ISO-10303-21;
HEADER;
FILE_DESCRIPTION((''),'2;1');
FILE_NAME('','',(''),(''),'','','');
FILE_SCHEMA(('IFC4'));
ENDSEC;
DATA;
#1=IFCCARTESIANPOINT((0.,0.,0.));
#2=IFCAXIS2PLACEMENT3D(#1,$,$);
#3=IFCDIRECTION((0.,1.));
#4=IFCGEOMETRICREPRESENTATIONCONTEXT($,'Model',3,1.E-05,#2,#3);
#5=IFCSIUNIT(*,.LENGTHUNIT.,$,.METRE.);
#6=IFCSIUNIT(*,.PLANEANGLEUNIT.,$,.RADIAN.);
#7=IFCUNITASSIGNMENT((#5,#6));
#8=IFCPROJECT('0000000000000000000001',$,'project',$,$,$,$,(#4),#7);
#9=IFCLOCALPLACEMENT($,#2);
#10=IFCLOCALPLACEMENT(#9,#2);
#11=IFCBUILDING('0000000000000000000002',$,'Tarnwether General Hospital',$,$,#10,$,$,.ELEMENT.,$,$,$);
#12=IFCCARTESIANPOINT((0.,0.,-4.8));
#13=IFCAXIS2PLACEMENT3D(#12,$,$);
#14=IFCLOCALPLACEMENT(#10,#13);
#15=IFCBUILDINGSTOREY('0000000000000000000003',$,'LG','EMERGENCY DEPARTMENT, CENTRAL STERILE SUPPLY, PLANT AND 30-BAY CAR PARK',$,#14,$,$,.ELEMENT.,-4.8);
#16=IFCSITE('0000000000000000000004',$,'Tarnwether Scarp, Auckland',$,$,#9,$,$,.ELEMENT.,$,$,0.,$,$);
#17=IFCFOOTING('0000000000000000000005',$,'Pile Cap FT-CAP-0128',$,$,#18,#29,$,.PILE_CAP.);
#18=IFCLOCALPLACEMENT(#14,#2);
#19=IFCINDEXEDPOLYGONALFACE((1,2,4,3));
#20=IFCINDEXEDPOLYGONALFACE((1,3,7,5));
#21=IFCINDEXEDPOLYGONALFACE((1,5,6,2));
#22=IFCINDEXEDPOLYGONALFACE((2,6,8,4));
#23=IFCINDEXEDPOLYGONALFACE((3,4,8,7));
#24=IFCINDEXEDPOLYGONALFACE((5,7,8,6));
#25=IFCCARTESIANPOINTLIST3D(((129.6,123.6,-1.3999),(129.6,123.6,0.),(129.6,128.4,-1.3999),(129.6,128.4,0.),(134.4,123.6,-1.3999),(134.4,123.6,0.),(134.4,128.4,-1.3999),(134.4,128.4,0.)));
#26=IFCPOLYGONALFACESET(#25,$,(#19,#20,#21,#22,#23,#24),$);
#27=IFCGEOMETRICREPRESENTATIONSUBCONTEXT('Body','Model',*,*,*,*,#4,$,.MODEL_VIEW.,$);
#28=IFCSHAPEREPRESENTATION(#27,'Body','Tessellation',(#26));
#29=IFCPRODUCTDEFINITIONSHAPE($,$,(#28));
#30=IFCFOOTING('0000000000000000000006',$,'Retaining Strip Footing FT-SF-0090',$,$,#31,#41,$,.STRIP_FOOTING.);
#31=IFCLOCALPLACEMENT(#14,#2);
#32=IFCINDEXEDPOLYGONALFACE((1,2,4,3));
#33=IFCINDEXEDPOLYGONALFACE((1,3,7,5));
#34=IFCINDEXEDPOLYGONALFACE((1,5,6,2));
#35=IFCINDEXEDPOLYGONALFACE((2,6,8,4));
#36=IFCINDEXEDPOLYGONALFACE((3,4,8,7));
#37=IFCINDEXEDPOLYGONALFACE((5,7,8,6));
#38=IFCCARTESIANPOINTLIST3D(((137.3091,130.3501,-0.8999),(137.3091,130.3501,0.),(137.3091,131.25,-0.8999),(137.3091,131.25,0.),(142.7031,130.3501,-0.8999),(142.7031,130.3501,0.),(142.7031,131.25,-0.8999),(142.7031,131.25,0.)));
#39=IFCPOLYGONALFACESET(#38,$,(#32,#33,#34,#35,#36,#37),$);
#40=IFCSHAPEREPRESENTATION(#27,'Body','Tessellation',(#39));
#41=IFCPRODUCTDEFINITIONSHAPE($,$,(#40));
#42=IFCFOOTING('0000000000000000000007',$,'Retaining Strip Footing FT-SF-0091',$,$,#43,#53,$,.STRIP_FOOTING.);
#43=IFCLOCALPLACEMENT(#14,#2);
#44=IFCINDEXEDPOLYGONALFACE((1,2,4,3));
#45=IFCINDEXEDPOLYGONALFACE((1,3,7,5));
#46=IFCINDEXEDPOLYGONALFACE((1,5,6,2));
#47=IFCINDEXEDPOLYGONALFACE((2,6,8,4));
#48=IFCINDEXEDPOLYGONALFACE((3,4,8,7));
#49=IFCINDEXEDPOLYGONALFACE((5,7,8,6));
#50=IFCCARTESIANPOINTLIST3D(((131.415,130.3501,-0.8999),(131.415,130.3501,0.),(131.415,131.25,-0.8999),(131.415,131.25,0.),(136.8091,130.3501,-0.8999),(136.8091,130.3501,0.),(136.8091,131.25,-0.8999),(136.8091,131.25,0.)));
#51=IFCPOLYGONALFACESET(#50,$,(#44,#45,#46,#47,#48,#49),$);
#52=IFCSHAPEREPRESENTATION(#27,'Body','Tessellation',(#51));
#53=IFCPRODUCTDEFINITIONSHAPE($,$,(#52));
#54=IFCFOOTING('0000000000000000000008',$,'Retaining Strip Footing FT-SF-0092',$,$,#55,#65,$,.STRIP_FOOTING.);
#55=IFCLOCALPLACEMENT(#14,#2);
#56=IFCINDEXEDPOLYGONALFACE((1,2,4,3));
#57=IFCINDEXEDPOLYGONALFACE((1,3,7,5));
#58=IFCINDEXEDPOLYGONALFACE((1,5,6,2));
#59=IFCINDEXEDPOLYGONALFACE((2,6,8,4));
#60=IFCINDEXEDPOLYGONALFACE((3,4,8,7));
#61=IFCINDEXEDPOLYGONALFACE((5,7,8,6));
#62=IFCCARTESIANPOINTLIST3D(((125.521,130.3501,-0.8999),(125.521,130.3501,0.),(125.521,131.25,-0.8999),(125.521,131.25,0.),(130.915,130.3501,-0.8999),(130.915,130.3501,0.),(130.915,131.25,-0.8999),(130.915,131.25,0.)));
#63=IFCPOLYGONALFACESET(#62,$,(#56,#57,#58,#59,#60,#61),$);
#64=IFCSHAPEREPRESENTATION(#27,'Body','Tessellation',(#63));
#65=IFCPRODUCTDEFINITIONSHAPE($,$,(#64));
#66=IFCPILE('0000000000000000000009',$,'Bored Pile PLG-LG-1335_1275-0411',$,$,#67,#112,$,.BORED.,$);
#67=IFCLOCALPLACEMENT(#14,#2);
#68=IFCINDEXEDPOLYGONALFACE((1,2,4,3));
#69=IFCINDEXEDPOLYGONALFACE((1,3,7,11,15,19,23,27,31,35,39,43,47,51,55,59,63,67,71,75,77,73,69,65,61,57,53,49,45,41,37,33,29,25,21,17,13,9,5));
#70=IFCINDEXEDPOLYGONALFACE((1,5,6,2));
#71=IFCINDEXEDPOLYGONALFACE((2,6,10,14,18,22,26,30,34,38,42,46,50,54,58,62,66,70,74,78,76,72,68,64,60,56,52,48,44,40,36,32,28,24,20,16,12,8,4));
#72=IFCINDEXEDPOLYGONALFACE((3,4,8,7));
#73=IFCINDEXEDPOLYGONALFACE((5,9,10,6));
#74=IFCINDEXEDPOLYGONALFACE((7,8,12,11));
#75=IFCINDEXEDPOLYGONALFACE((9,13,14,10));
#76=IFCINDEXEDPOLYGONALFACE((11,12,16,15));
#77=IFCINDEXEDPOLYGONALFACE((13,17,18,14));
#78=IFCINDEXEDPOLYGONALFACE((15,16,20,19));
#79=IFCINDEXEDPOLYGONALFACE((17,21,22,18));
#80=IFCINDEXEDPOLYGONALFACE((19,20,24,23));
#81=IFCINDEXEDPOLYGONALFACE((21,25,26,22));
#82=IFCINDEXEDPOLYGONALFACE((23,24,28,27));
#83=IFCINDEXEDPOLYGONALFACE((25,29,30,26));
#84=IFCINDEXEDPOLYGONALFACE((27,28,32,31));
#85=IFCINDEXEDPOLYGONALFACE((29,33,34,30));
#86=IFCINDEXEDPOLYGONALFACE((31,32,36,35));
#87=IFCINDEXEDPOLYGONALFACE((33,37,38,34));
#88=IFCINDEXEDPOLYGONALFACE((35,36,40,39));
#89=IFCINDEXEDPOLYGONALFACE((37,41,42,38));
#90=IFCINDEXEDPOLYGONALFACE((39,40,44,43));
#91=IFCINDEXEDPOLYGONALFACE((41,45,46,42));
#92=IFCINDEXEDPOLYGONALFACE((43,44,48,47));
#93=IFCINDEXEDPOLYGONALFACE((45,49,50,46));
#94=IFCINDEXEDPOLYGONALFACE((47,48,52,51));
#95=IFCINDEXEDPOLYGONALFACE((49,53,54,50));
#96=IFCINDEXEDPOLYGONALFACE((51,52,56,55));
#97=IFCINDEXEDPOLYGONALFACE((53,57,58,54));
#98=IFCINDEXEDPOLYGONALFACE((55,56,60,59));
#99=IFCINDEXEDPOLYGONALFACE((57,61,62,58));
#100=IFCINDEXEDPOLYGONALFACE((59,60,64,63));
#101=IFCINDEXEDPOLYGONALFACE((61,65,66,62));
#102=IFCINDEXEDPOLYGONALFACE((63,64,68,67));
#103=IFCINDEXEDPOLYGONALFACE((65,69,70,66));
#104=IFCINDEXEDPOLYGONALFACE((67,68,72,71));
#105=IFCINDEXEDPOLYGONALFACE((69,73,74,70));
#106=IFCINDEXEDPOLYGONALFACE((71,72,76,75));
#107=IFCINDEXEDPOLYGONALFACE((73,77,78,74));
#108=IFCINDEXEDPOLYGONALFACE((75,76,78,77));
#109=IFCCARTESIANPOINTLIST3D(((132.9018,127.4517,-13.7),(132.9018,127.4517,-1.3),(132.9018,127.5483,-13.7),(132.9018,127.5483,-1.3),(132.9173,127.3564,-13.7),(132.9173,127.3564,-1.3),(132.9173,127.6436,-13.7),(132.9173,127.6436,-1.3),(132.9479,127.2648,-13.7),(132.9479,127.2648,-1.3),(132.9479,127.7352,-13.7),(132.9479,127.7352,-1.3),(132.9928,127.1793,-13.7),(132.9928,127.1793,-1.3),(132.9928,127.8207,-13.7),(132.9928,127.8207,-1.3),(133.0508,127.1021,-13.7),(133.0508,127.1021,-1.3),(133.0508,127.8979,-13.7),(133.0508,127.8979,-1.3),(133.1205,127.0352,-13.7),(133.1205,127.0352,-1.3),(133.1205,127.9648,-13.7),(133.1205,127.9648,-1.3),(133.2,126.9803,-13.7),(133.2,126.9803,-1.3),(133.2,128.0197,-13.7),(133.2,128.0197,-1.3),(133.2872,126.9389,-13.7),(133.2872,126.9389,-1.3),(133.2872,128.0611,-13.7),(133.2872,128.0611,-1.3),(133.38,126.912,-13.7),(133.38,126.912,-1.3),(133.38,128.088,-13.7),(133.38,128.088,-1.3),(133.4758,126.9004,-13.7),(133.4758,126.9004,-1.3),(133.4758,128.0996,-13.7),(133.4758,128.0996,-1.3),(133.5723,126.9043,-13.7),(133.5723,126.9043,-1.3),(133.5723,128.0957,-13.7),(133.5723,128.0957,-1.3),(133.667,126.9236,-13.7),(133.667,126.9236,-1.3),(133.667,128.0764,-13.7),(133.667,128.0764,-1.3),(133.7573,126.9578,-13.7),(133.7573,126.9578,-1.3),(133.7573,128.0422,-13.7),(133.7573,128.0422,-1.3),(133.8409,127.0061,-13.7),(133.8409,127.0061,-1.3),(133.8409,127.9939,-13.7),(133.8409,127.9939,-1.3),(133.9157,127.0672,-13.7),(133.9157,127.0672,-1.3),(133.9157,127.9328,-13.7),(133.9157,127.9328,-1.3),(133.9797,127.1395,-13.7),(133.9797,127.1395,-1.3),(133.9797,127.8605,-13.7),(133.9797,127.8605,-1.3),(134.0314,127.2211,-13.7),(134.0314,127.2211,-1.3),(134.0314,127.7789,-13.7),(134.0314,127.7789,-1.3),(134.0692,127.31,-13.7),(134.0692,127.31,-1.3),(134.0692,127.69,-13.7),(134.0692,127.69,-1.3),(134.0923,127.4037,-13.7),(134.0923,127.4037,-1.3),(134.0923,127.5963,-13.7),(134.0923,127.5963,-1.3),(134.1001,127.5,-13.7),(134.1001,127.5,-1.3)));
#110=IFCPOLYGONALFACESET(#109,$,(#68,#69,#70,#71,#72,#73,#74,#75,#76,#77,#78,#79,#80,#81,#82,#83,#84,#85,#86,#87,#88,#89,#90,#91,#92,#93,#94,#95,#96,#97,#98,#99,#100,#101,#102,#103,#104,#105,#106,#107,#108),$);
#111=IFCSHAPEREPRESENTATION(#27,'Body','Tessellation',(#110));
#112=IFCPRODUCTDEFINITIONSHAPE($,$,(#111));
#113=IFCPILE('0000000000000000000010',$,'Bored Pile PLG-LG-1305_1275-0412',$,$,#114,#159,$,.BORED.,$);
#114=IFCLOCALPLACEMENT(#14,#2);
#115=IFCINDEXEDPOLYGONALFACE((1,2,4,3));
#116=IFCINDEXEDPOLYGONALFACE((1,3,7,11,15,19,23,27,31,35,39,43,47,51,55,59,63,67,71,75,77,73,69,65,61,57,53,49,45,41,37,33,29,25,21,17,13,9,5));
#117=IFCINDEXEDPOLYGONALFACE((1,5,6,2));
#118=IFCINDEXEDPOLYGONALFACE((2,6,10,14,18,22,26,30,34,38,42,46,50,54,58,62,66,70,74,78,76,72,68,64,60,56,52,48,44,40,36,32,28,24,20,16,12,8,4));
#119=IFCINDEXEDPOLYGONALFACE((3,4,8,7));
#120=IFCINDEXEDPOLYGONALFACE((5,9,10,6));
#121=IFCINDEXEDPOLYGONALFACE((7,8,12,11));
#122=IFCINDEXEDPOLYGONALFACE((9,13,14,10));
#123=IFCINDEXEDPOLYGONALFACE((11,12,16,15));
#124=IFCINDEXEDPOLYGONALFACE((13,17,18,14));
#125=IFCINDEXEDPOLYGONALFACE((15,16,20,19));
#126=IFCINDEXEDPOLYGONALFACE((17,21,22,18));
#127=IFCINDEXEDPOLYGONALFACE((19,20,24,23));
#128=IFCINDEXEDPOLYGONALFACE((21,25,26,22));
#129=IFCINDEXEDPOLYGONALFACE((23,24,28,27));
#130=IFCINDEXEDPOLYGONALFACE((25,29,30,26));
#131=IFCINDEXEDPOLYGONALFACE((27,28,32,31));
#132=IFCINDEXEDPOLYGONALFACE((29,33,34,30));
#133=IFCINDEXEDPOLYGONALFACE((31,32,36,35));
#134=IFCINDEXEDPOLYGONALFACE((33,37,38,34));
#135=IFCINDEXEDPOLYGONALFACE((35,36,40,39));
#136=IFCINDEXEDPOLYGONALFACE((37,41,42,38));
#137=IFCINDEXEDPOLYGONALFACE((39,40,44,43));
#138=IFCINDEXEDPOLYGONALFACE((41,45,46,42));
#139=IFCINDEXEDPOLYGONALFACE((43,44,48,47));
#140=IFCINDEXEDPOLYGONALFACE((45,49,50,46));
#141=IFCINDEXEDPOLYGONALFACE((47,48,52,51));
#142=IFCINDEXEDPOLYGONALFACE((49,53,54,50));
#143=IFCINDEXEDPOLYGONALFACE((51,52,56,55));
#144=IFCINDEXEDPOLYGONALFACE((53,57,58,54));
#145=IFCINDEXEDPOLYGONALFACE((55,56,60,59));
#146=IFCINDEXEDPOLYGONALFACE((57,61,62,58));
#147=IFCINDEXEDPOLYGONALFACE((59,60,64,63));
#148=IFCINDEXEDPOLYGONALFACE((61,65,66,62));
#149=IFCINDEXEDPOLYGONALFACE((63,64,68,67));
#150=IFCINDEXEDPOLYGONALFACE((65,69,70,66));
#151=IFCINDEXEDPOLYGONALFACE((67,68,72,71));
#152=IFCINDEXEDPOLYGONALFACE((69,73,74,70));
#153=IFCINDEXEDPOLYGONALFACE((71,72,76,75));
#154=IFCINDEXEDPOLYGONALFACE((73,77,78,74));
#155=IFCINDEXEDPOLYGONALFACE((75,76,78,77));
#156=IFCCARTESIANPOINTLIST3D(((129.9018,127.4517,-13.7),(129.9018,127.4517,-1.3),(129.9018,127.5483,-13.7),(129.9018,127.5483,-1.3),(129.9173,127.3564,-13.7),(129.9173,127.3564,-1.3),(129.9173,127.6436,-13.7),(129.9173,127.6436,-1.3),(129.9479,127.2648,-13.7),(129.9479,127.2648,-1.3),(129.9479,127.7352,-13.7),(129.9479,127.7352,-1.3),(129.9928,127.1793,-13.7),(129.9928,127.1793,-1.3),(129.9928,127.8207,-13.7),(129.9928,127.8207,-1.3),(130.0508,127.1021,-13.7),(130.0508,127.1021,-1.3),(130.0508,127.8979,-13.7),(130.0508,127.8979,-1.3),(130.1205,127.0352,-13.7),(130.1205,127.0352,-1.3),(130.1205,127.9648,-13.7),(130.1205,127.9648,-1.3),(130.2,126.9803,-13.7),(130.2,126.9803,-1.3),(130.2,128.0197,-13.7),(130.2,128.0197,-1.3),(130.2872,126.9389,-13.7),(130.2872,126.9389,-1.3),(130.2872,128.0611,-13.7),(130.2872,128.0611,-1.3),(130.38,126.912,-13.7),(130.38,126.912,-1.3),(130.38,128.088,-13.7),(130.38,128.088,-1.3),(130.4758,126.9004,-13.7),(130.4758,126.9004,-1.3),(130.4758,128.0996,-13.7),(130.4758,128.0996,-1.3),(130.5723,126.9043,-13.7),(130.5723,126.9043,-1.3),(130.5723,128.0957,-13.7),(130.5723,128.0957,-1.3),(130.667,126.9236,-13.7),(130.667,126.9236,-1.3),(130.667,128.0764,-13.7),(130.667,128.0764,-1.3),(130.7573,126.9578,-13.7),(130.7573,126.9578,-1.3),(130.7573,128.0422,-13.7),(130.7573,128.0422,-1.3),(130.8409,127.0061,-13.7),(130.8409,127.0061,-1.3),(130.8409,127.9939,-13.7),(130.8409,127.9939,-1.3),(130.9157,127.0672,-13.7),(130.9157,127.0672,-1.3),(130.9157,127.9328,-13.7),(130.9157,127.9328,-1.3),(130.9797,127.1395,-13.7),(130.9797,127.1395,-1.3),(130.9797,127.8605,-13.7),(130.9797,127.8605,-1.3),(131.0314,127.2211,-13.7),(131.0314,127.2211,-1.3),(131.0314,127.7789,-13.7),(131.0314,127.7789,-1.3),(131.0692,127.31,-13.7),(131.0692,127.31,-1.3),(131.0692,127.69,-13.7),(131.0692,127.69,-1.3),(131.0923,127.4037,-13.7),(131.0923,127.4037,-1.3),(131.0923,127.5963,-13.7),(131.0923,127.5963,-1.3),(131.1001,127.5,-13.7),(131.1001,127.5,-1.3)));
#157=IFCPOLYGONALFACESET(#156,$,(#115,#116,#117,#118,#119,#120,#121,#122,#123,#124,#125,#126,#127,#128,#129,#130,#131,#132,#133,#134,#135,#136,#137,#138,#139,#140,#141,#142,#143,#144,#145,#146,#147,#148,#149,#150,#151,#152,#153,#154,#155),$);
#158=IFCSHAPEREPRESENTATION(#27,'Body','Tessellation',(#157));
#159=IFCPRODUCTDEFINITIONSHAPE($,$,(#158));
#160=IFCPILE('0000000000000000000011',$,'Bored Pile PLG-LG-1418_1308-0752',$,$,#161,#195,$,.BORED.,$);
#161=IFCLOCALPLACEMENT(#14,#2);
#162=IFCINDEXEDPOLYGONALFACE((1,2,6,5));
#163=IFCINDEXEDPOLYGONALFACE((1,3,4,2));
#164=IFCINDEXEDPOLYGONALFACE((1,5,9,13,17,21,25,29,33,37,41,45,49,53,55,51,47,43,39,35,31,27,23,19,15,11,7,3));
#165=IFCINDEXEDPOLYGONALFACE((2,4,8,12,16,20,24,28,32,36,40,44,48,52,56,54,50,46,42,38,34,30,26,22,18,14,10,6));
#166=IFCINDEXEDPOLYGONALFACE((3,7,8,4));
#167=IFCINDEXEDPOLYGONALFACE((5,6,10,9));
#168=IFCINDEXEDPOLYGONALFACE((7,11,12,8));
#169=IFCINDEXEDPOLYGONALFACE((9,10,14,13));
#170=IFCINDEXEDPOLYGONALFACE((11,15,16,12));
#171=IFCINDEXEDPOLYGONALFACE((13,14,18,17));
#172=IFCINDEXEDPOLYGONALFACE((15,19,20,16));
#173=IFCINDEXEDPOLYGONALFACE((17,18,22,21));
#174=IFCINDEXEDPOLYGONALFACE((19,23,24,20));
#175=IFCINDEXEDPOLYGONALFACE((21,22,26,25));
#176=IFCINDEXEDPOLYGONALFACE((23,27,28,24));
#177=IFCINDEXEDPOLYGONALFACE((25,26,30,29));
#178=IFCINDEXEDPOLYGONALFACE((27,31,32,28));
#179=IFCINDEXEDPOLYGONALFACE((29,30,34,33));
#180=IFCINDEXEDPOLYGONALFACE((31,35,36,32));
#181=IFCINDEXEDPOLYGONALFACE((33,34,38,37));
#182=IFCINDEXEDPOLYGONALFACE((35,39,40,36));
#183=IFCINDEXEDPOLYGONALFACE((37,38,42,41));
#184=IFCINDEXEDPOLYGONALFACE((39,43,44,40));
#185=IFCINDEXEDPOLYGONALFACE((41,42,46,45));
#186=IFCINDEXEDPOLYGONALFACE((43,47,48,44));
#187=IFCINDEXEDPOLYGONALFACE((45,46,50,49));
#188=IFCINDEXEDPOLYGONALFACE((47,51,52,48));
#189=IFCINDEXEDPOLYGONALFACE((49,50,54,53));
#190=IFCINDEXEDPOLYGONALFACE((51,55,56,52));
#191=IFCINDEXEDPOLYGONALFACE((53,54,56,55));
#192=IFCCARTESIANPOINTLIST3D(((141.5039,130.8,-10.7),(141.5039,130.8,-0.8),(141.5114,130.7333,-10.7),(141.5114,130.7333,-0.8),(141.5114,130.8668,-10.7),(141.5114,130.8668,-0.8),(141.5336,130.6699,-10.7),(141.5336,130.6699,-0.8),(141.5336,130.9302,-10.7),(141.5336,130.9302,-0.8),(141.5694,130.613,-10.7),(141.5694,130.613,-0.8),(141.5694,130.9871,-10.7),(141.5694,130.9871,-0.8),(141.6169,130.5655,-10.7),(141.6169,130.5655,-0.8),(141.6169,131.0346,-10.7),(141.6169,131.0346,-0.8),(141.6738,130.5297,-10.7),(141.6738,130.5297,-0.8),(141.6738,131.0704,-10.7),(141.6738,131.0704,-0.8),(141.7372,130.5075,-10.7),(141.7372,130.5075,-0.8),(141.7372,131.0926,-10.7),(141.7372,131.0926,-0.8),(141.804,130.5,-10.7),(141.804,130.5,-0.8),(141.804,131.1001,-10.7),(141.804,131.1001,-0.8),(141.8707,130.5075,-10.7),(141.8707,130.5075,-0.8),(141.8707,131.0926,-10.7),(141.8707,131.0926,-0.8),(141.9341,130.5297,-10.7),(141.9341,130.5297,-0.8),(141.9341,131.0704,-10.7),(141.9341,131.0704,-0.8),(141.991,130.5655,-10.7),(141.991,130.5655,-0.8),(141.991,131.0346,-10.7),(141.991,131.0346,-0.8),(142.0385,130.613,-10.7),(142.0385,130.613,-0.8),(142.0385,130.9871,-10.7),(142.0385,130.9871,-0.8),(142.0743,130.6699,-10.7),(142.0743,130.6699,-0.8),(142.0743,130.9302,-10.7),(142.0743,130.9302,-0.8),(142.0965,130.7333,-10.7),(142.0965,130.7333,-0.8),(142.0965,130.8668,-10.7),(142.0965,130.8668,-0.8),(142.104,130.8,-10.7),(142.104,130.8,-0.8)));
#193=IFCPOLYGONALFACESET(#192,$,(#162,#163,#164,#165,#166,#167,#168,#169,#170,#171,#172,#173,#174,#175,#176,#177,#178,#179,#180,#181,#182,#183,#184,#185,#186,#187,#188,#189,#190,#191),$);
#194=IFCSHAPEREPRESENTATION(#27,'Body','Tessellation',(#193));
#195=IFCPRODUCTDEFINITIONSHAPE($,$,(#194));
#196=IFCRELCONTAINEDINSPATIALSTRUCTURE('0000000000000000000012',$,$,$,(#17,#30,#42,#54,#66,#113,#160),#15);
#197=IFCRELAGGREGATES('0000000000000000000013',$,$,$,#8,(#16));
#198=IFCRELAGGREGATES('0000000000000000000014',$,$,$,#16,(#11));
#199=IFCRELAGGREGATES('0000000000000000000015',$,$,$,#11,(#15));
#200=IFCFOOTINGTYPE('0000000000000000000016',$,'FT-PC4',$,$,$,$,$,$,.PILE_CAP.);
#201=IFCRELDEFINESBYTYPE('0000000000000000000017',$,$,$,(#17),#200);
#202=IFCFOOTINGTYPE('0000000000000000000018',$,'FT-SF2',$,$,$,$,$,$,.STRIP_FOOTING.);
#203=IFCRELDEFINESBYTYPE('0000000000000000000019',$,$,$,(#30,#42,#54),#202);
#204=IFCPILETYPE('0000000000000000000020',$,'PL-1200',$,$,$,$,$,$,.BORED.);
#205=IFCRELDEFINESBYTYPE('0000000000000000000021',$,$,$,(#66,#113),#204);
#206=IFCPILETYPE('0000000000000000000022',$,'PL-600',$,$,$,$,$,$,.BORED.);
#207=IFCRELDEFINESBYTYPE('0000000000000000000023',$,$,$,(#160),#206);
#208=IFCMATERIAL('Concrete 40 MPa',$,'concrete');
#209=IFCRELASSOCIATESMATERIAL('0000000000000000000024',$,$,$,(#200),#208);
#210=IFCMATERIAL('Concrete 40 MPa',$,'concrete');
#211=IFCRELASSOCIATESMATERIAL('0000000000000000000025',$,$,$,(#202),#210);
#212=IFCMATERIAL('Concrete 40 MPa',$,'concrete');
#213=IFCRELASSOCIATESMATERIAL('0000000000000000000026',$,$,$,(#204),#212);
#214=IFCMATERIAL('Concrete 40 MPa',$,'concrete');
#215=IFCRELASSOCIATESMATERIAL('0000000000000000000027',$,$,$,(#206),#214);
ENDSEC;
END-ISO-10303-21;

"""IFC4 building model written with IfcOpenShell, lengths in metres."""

from ifc_helpers import new_model, si_unit, direction, frame, origin, origin_2d, place, context, subcontext, project, spatial, rectangle, circle, extrude, material, material_profile, profile_set, type_object, element, save


model = new_model("IFC4")

# Units and contexts
model_context = context("Model", 3, precision=1e-05, world=origin(), true_north=direction((0.0, 1.0)))
body_context = subcontext(model_context, "Body", "Model", "MODEL_VIEW")
ifc_project = project(units=[si_unit("LENGTHUNIT", "METRE"), si_unit("PLANEANGLEUNIT", "RADIAN")], contexts=[model_context])

# Site, building, storey
site_placement = place(None, origin())
site = spatial("IfcSite", under=ifc_project, at=site_placement, Name="Tarnwether Scarp, Auckland", CompositionType="ELEMENT", RefElevation=0.0)
building_placement = place(site_placement, origin())
building = spatial("IfcBuilding", under=site, at=building_placement, Name="Tarnwether General Hospital", CompositionType="ELEMENT")
storey_placement = place(building_placement, frame((0.0, 0.0, -4.8)))
storey = spatial("IfcBuildingStorey", under=building, at=storey_placement, Name="LG", Description="EMERGENCY DEPARTMENT, CENTRAL STERILE SUPPLY, PLANT AND 30-BAY CAR PARK", CompositionType="ELEMENT", Elevation=-4.8)

# Footings
ifc_material_1 = material(Name="Concrete 40 MPa", Category="concrete")
footing_type_1 = type_object("IfcFootingType", Name="FT-PC4", PredefinedType="PILE_CAP", material=ifc_material_1)
footing_placement = place(storey_placement, frame((132.0, 126.0, -1.3999), z_axis=(0.0, 0.0, 1.0), x_axis=(0.0, 1.0, 0.0)))
element("IfcFooting", 1, at=footing_placement, inside=storey, type_object=footing_type_1, Name="Pile Cap FT-CAP-0128", PredefinedType="PILE_CAP", context=body_context, shape_type="SweptSolid", body=[
    extrude(rectangle(XDim=4.8, YDim=4.8, at=origin_2d()), origin(), (0.0, 0.0, 1.0), 1.3999),
])
ifc_material_2 = material(Name="Concrete 40 MPa", Category="concrete")
footing_type_2 = type_object("IfcFootingType", Name="FT-SF2", PredefinedType="STRIP_FOOTING", material=ifc_material_2)
for number, where, z_axis, x_axis, name in (
    (2, (140.0061, 130.8, -0.8999), (0.0, 0.0, 1.0), (-1.0, 0.0, 0.0), "Retaining Strip Footing FT-SF-0090"),
    (3, (134.1121, 130.8, -0.8999), (0.0, 0.0, 1.0), (-1.0, 0.0, 0.0), "Retaining Strip Footing FT-SF-0091"),
    (4, (128.218, 130.8, -0.8999), (0.0, 0.0, 1.0), (-1.0, 0.0, 0.0), "Retaining Strip Footing FT-SF-0092"),
):
    element("IfcFooting", number, at=place(storey_placement, frame(where, z_axis=z_axis, x_axis=x_axis)), inside=storey, type_object=footing_type_2, Name=name, PredefinedType="STRIP_FOOTING", context=body_context, shape_type="SweptSolid", body=[
        extrude(rectangle(XDim=5.394, YDim=0.8999, at=origin_2d()), origin(), (0.0, 0.0, 1.0), 0.8999),
    ])

# Piles
ifc_material_3 = material(Name="Concrete 40 MPa", Category="concrete")
ifc_material_profile_1 = material_profile(ifc_material_3, circle(Radius=0.6001, at=origin_2d()), Name="PILE-D1200")
ifc_profile_set_1 = profile_set([ifc_material_profile_1], Name="Concrete 40 MPa")
pile_type_1 = type_object("IfcPileType", Name="PL-1200", PredefinedType="BORED", material=ifc_profile_set_1)
for number, where, z_axis, x_axis, name in (
    (5, (133.5, 127.5, -1.3), (0.0, 0.0, -1.0), (1.0, 0.0, 0.0), "Bored Pile PLG-LG-1335_1275-0411"),
    (6, (130.5, 127.5, -1.3), (0.0, 0.0, -1.0), (1.0, 0.0, 0.0), "Bored Pile PLG-LG-1305_1275-0412"),
):
    element("IfcPile", number, at=place(storey_placement, frame(where, z_axis=z_axis, x_axis=x_axis)), inside=storey, type_object=pile_type_1, Name=name, PredefinedType="BORED", context=body_context, shape_type="SweptSolid", body=[
        extrude(circle(Radius=0.6001, at=origin_2d()), origin(), (0.0, 0.0, 1.0), 12.3999),
    ])
ifc_material_4 = material(Name="Concrete 40 MPa", Category="concrete")
ifc_material_profile_2 = material_profile(ifc_material_4, circle(Radius=0.3, at=origin_2d()), Name="PILE-D600")
ifc_profile_set_2 = profile_set([ifc_material_profile_2], Name="Concrete 40 MPa")
pile_type_2 = type_object("IfcPileType", Name="PL-600", PredefinedType="BORED", material=ifc_profile_set_2)
for number, where, z_axis, x_axis, name in (
    (7, (141.804, 130.8, -0.8), (0.0, 0.0, -1.0), (1.0, 0.0, 0.0), "Bored Pile PLG-LG-1418_1308-0752"),
):
    element("IfcPile", number, at=place(storey_placement, frame(where, z_axis=z_axis, x_axis=x_axis)), inside=storey, type_object=pile_type_2, Name=name, PredefinedType="BORED", context=body_context, shape_type="SweptSolid", body=[
        extrude(circle(Radius=0.3, at=origin_2d()), origin(), (0.0, 0.0, 1.0), 9.8999),
    ])

save(model, "model.ifc")
